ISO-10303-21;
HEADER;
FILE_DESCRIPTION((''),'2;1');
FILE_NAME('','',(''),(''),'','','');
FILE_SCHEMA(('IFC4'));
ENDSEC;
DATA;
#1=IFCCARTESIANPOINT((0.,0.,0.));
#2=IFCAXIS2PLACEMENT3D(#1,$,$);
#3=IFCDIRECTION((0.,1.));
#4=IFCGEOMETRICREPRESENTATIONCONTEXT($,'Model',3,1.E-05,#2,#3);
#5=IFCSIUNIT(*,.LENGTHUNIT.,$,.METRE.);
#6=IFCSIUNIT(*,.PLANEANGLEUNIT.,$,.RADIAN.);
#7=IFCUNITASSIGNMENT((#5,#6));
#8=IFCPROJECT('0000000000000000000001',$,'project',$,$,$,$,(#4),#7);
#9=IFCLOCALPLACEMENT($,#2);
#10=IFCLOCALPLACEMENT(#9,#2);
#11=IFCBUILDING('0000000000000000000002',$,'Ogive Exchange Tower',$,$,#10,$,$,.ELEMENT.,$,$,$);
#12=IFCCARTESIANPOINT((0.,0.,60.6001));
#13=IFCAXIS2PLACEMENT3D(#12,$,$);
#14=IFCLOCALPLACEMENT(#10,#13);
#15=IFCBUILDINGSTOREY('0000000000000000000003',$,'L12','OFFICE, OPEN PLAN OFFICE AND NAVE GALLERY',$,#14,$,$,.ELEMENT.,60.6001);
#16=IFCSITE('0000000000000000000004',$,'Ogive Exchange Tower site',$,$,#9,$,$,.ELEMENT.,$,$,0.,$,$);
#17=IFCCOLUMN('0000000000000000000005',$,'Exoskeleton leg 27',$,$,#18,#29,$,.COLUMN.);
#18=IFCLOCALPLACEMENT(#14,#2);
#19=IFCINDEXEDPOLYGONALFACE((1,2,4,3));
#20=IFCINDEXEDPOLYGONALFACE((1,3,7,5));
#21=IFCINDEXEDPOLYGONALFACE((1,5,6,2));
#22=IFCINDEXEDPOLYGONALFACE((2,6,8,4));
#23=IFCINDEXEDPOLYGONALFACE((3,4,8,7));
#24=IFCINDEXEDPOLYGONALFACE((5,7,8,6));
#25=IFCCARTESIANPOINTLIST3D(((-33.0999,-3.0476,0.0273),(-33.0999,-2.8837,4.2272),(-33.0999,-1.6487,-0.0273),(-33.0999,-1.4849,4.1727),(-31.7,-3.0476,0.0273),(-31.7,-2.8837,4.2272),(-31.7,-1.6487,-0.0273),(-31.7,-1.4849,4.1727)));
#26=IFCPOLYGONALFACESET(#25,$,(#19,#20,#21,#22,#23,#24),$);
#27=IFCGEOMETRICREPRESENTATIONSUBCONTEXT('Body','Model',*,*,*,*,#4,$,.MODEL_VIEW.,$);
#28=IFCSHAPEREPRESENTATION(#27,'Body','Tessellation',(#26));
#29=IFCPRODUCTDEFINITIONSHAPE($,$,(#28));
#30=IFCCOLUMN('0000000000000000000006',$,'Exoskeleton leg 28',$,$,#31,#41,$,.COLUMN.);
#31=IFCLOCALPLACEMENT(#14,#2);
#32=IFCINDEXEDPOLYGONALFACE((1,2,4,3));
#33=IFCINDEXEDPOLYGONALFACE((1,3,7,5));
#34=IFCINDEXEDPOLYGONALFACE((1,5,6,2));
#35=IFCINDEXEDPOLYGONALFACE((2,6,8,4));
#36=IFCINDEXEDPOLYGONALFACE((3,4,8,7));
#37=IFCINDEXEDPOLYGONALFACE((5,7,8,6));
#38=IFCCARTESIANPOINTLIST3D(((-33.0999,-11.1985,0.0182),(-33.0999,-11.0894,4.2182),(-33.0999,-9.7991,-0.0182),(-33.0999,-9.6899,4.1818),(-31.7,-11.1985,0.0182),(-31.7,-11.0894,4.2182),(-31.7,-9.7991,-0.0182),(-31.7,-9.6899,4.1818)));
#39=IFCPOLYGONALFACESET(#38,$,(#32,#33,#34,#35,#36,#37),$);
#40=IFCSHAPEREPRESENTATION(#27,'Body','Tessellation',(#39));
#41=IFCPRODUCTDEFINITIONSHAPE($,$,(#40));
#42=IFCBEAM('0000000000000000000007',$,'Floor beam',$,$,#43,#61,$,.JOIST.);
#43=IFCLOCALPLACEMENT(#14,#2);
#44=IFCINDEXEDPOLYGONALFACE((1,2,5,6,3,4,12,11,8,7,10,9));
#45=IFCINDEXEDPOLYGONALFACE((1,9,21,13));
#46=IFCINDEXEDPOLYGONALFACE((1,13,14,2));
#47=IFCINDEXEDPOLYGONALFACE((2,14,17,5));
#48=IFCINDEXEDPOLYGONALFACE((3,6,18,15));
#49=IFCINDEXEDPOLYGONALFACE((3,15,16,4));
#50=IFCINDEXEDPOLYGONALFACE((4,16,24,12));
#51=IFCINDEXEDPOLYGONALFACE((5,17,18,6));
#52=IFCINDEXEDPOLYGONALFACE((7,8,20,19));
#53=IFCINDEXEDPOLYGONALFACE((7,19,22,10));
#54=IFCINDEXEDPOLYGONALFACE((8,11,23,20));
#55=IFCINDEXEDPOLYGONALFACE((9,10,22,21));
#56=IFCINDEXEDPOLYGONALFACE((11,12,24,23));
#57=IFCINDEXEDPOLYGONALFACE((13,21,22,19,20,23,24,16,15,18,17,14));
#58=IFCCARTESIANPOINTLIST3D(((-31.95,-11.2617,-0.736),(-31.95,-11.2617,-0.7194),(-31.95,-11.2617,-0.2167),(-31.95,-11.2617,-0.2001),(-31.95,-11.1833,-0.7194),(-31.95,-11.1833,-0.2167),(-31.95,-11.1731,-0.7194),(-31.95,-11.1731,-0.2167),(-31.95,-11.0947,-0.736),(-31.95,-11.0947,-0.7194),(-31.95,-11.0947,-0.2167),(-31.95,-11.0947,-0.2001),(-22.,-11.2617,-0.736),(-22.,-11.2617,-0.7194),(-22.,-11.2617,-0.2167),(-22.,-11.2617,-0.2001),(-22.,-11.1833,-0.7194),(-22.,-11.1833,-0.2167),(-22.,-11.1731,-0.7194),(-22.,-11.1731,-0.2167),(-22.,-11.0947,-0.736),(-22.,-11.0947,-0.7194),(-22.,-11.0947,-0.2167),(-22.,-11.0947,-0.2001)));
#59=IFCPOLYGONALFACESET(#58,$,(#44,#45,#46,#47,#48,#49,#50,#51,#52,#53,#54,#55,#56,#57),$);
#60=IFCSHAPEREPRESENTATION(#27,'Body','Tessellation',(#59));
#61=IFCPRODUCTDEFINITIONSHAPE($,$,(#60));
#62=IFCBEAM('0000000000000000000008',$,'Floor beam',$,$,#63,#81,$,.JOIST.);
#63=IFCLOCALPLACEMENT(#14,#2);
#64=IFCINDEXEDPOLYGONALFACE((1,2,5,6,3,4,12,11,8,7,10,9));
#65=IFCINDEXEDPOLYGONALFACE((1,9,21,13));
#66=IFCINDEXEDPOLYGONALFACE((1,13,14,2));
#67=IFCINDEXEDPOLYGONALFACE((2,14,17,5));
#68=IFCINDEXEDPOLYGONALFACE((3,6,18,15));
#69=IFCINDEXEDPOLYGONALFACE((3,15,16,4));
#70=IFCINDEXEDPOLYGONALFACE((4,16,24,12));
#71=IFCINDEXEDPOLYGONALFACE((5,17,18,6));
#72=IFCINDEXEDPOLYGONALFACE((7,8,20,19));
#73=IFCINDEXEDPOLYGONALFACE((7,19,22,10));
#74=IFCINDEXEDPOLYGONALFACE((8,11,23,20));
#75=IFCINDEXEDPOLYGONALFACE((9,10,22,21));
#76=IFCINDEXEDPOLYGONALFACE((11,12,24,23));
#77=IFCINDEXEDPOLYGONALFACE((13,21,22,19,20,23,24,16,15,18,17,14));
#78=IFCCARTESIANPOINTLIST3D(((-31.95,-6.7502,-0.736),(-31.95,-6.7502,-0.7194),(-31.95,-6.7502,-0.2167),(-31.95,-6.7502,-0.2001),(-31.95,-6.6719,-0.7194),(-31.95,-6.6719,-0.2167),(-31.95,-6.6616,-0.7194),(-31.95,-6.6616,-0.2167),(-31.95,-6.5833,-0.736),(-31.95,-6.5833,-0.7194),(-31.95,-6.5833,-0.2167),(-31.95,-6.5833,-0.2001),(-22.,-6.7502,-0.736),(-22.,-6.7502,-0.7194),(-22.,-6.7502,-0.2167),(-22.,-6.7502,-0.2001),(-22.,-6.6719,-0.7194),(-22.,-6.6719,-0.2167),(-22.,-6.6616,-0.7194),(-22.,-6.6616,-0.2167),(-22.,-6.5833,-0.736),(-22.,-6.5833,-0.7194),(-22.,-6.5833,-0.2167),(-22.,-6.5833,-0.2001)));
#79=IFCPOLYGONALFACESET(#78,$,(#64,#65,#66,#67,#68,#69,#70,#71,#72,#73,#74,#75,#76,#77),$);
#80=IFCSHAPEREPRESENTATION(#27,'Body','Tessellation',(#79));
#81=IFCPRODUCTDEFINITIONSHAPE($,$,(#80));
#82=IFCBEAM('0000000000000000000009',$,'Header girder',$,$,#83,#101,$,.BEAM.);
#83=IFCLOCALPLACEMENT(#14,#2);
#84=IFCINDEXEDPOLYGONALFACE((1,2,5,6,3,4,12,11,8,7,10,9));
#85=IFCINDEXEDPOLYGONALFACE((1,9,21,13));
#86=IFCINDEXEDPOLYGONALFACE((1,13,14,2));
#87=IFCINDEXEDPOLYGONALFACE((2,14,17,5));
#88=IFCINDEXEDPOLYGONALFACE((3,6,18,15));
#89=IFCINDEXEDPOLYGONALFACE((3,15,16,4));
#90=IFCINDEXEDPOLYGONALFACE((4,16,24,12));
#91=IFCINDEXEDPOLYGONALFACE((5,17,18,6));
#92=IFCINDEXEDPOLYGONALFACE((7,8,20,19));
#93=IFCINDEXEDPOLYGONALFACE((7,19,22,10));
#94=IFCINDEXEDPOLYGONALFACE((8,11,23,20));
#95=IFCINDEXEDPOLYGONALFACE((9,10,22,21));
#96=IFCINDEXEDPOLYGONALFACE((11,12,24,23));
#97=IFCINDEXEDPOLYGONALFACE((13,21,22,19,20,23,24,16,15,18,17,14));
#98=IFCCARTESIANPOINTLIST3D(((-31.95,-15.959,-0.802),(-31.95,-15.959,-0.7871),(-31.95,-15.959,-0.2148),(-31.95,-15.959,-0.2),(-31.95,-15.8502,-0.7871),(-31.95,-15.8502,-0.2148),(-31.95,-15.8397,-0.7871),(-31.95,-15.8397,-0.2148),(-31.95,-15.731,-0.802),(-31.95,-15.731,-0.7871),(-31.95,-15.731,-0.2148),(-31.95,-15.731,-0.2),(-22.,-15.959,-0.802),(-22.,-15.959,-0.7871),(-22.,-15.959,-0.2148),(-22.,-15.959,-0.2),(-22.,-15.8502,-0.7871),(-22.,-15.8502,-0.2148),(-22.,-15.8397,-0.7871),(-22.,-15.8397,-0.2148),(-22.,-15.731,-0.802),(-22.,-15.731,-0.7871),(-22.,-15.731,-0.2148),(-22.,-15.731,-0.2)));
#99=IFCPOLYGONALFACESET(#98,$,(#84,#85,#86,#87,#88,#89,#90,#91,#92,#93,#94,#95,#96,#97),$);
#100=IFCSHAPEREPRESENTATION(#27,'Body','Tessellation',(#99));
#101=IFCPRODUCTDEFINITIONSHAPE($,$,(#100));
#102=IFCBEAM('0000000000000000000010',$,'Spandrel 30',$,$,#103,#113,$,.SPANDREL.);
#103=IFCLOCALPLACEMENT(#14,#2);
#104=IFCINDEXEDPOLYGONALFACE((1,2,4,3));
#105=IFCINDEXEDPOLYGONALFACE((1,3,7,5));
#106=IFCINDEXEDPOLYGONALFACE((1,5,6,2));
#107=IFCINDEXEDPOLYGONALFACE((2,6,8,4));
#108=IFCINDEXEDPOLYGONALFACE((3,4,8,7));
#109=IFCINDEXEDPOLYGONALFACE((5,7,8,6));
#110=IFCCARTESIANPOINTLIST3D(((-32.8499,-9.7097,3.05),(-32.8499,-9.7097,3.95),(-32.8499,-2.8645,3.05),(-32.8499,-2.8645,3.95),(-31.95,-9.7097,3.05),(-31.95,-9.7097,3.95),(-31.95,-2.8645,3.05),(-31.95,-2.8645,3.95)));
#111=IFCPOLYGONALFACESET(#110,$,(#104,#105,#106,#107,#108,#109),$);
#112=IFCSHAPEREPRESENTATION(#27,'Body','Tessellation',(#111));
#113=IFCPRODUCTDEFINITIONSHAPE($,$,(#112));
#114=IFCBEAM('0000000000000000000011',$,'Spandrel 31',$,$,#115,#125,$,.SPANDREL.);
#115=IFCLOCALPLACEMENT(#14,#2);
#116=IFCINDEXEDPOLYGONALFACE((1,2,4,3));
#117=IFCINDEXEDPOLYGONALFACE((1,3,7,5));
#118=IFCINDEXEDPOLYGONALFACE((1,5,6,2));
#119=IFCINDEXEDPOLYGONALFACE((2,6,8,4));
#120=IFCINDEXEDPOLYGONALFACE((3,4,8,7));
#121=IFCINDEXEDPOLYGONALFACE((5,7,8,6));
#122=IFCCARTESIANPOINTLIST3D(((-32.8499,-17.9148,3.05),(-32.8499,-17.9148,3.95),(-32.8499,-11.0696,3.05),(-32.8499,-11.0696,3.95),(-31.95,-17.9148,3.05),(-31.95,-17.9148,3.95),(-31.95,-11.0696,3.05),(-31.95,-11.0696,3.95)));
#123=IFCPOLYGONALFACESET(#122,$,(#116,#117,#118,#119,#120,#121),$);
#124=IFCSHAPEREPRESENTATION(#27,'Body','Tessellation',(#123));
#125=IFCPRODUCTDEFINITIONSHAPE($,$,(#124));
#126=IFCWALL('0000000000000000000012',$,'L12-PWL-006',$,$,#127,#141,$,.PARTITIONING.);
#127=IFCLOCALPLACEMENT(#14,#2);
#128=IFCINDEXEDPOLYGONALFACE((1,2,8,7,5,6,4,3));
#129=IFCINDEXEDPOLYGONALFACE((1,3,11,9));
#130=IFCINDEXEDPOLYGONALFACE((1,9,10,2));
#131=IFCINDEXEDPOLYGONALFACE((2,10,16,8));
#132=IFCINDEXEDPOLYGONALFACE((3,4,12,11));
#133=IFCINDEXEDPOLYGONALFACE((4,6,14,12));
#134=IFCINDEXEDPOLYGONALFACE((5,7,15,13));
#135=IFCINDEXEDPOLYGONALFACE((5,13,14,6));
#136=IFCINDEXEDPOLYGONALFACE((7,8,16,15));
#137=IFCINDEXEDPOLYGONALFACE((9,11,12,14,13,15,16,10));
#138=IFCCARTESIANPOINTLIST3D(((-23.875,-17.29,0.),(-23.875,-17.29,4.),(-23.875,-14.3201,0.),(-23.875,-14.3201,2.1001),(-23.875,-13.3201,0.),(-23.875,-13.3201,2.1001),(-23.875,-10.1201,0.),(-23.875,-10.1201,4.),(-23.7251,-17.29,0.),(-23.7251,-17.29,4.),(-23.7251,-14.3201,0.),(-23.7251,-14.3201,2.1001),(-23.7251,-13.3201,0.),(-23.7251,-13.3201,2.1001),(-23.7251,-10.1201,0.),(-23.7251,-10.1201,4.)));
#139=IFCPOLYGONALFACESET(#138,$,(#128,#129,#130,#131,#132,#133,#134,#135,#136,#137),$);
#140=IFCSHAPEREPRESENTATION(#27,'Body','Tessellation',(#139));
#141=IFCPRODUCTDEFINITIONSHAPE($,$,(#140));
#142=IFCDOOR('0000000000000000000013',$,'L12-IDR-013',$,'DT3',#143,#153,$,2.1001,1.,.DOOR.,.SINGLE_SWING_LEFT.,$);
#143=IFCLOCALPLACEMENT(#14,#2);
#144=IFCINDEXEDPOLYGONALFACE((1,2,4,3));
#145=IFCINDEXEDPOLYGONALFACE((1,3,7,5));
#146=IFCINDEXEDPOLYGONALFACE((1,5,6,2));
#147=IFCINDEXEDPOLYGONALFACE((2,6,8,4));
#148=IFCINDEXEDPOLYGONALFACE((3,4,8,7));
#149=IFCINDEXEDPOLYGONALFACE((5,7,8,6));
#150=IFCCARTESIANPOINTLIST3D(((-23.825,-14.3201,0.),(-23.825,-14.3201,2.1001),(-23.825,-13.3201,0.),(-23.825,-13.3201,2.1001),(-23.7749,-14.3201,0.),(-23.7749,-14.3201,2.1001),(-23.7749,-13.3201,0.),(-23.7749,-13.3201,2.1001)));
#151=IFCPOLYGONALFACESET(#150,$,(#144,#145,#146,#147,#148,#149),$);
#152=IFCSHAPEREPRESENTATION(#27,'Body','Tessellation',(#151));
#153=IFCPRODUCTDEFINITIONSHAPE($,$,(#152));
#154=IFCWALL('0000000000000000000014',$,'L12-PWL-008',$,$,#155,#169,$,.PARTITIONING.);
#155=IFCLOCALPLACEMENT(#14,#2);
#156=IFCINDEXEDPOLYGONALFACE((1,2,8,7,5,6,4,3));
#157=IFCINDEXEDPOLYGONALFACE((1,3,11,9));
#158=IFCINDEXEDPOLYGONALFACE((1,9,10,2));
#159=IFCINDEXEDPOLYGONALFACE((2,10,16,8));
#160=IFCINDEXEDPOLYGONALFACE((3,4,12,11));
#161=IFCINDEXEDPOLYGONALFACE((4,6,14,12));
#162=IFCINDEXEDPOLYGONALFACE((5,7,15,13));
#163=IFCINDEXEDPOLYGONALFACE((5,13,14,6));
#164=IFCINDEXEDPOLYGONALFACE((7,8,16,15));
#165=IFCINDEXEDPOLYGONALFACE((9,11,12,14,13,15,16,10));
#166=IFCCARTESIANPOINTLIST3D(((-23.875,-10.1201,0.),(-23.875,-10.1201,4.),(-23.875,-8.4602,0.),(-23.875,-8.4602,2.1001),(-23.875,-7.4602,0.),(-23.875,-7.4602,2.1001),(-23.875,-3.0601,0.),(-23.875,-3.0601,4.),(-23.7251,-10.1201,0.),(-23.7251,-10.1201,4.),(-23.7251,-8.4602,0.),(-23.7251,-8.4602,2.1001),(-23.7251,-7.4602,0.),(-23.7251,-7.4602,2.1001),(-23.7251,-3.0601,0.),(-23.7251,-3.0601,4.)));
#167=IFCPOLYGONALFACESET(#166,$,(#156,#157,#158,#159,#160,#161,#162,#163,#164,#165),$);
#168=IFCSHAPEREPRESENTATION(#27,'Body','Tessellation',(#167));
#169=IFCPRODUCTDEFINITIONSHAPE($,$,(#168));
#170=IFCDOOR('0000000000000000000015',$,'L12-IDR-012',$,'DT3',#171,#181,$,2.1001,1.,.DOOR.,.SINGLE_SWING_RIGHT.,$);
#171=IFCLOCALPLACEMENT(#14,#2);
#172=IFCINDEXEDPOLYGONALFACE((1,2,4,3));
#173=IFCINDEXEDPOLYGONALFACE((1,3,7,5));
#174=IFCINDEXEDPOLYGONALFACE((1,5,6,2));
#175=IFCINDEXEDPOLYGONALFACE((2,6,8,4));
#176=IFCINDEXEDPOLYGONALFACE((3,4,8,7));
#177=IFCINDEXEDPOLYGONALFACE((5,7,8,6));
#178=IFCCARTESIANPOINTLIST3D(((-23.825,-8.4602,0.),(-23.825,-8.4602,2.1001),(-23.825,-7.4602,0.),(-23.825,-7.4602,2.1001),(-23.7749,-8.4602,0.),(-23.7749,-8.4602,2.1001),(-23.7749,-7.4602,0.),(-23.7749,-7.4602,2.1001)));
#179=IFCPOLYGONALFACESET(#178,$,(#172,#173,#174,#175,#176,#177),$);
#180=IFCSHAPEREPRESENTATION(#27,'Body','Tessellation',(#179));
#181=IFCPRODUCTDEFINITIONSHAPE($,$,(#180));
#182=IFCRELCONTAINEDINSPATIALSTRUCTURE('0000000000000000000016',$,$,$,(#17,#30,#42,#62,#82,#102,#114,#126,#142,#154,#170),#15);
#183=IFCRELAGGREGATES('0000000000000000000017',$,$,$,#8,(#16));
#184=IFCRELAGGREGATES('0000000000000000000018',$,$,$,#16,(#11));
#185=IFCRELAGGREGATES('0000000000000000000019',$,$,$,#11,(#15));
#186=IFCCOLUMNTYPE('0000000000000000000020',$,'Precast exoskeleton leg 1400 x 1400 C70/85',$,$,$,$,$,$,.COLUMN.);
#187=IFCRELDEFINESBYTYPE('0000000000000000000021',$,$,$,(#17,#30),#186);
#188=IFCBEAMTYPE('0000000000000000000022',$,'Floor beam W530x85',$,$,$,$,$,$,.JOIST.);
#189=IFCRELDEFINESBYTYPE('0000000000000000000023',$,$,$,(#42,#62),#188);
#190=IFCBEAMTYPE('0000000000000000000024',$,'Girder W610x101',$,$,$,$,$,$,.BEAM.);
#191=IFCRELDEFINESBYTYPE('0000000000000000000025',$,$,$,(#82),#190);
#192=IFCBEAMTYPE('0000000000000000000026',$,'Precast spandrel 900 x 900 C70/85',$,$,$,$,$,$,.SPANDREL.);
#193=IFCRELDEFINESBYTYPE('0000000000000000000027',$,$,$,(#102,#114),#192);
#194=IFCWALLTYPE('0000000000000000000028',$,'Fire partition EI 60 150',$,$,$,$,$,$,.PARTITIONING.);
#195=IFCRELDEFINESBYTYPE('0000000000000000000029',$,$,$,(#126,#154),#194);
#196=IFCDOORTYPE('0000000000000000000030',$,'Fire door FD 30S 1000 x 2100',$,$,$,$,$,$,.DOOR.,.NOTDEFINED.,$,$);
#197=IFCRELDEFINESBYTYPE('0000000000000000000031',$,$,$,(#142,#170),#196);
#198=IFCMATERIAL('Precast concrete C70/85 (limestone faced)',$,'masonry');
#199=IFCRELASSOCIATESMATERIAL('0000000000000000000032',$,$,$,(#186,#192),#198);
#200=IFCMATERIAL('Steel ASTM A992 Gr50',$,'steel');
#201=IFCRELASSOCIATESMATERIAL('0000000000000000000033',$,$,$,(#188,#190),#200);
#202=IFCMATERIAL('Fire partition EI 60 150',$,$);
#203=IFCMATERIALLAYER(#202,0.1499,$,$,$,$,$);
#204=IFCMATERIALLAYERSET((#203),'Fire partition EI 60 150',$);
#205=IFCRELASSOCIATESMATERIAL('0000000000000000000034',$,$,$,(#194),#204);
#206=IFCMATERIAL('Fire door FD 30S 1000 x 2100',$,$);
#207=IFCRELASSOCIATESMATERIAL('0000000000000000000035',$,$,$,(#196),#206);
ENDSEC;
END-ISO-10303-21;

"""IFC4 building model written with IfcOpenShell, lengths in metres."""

from ifc_helpers import new_model, si_unit, direction, frame, frame_2d, origin, origin_2d, place, context, subcontext, project, spatial, rectangle, i_section, extrude, material, layer, layer_set, material_profile, profile_set, type_object, element, fill, save


model = new_model("IFC4")

# Units and contexts
model_context = context("Model", 3, precision=1e-05, world=origin(), true_north=direction((0.0, 1.0)))
body_context = subcontext(model_context, "Body", "Model", "MODEL_VIEW")
ifc_project = project(units=[si_unit("LENGTHUNIT", "METRE"), si_unit("PLANEANGLEUNIT", "RADIAN")], contexts=[model_context])

# Site, building, storey
site_placement = place(None, origin())
site = spatial("IfcSite", under=ifc_project, at=site_placement, Name="Ogive Exchange Tower site", CompositionType="ELEMENT", RefElevation=0.0)
building_placement = place(site_placement, origin())
building = spatial("IfcBuilding", under=site, at=building_placement, Name="Ogive Exchange Tower", CompositionType="ELEMENT")
storey_placement = place(building_placement, frame((0.0, 0.0, 60.6001)))
storey = spatial("IfcBuildingStorey", under=building, at=storey_placement, Name="L12", Description="OFFICE, OPEN PLAN OFFICE AND NAVE GALLERY", CompositionType="ELEMENT", Elevation=60.6001)

# Columns
ifc_material_1 = material(Name="Precast concrete C70/85 (limestone faced)", Category="masonry")
ifc_material_profile_1 = material_profile(ifc_material_1, rectangle(XDim=1.3999, YDim=1.3999, at=origin_2d()), Name="1400 x 1400")
ifc_profile_set_1 = profile_set([ifc_material_profile_1], Name="Precast concrete C70/85 (limestone faced)")
column_type = type_object("IfcColumnType", Name="Precast exoskeleton leg 1400 x 1400 C70/85", PredefinedType="COLUMN", material=ifc_profile_set_1)
column_1_placement = place(storey_placement, frame((-32.3999, -2.3481, 0.0), z_axis=(0.0, 0.038975, 0.99924), x_axis=(-1.0, 0.0, 0.0)))
element("IfcColumn", 1, at=column_1_placement, inside=storey, type_object=column_type, Name="Exoskeleton leg 27", PredefinedType="COLUMN", context=body_context, shape_type="SweptSolid", body=[
    extrude(rectangle(XDim=1.3999, YDim=1.3999, at=origin_2d()), origin(), (0.0, 0.0, 1.0), 4.2031),
])
column_2_placement = place(storey_placement, frame((-32.3999, -10.4988, 0.0), z_axis=(0.0, 0.025975, 0.999663), x_axis=(-1.0, 0.0, 0.0)))
element("IfcColumn", 2, at=column_2_placement, inside=storey, type_object=column_type, Name="Exoskeleton leg 28", PredefinedType="COLUMN", context=body_context, shape_type="SweptSolid", body=[
    extrude(rectangle(XDim=1.3999, YDim=1.3999, at=origin_2d()), origin(), (0.0, 0.0, 1.0), 4.2014),
])

# Beams
ifc_material_2 = material(Name="Steel ASTM A992 Gr50", Category="steel")
ifc_material_profile_2 = material_profile(ifc_material_2, i_section(OverallWidth=0.167, OverallDepth=0.5359, WebThickness=0.0103, FlangeThickness=0.0166, at=origin_2d()), Name="W530x85")
ifc_profile_set_2 = profile_set([ifc_material_profile_2], Name="Steel ASTM A992 Gr50")
beam_type_1 = type_object("IfcBeamType", Name="Floor beam W530x85", PredefinedType="JOIST", material=ifc_profile_set_2)
for number, where, z_axis, x_axis, name in (
    (3, (-31.95, -11.1782, -0.468), (1.0, 0.0, 0.0), (0.0, 1.0, 0.0), "Floor beam"),
    (4, (-31.95, -6.6667, -0.468), (1.0, 0.0, 0.0), (0.0, 1.0, 0.0), "Floor beam"),
):
    element("IfcBeam", number, at=place(storey_placement, frame(where, z_axis=z_axis, x_axis=x_axis)), inside=storey, type_object=beam_type_1, Name=name, PredefinedType="JOIST", context=body_context, shape_type="SweptSolid", body=[
        extrude(i_section(OverallWidth=0.167, OverallDepth=0.5359, WebThickness=0.0103, FlangeThickness=0.0166, at=origin_2d()), origin(), (0.0, 0.0, 1.0), 9.95),
    ])
ifc_material_profile_3 = material_profile(ifc_material_2, i_section(OverallWidth=0.228, OverallDepth=0.6021, WebThickness=0.0105, FlangeThickness=0.0149, at=origin_2d()), Name="W610x101")
ifc_profile_set_3 = profile_set([ifc_material_profile_3], Name="Steel ASTM A992 Gr50")
beam_type_2 = type_object("IfcBeamType", Name="Girder W610x101", PredefinedType="BEAM", material=ifc_profile_set_3)
beam_placement = place(storey_placement, frame((-31.95, -15.845, -0.501), z_axis=(1.0, 0.0, 0.0), x_axis=(0.0, 1.0, 0.0)))
element("IfcBeam", 5, at=beam_placement, inside=storey, type_object=beam_type_2, Name="Header girder", PredefinedType="BEAM", context=body_context, shape_type="SweptSolid", body=[
    extrude(i_section(OverallWidth=0.228, OverallDepth=0.6021, WebThickness=0.0105, FlangeThickness=0.0149, at=origin_2d()), origin(), (0.0, 0.0, 1.0), 9.95),
])
ifc_material_profile_4 = material_profile(ifc_material_1, rectangle(XDim=0.8999, YDim=0.8999, at=origin_2d()), Name="900 x 900")
ifc_profile_set_4 = profile_set([ifc_material_profile_4], Name="Precast concrete C70/85 (limestone faced)")
beam_type_3 = type_object("IfcBeamType", Name="Precast spandrel 900 x 900 C70/85", PredefinedType="SPANDREL", material=ifc_profile_set_4)
for number, where, z_axis, x_axis, name in (
    (6, (-32.3999, -2.8645, 3.5), (0.0, -1.0, 0.0), (1.0, 0.0, 0.0), "Spandrel 30"),
    (7, (-32.3999, -11.0696, 3.5), (0.0, -1.0, 0.0), (1.0, 0.0, 0.0), "Spandrel 31"),
):
    element("IfcBeam", number, at=place(storey_placement, frame(where, z_axis=z_axis, x_axis=x_axis)), inside=storey, type_object=beam_type_3, Name=name, PredefinedType="SPANDREL", context=body_context, shape_type="SweptSolid", body=[
        extrude(rectangle(XDim=0.8999, YDim=0.8999, at=origin_2d()), origin(), (0.0, 0.0, 1.0), 6.8452),
    ])

# Walls, openings, doors
ifc_material_3 = material(Name="Fire partition EI 60 150")
ifc_layer_1 = layer(ifc_material_3, 0.1499)
ifc_layer_set_1 = layer_set([ifc_layer_1], Name="Fire partition EI 60 150")
wall_type_1 = type_object("IfcWallType", Name="Fire partition EI 60 150", PredefinedType="PARTITIONING", material=ifc_layer_set_1)
wall_1_placement = place(storey_placement, frame((-23.8, -17.29, 0.0), z_axis=(0.0, 0.0, 1.0), x_axis=(0.0, 1.0, 0.0)))
wall_1 = element("IfcWall", 8, at=wall_1_placement, inside=storey, type_object=wall_type_1, Name="L12-PWL-006", PredefinedType="PARTITIONING", context=body_context, shape_type="SweptSolid", body=[
    extrude(rectangle(XDim=7.1699, YDim=0.1499, at=frame_2d((3.585, 0.0))), origin(), (0.0, 0.0, 1.0), 4.0),
])
opening_1_placement = place(wall_1_placement, frame((2.97, 0.0, 0.0)))
opening_1 = element("IfcOpeningElement", 9, at=opening_1_placement, cuts=wall_1, PredefinedType="OPENING", context=body_context, shape_type="SweptSolid", body=[
    extrude(rectangle(XDim=1.0, YDim=2.1001, at=frame_2d((0.5, 1.05))), frame((0.0, 0.085, 0.0), z_axis=(0.0, -1.0, 0.0), x_axis=(1.0, 0.0, 0.0)), (0.0, 0.0, 1.0), 0.1699),
])
ifc_material_4 = material(Name="Fire door FD 30S 1000 x 2100")
door_type_1 = type_object("IfcDoorType", Name="Fire door FD 30S 1000 x 2100", OperationType="NOTDEFINED", PredefinedType="DOOR", material=ifc_material_4)
door_1_placement = place(opening_1_placement, origin())
door_1 = element("IfcDoor", 10, at=door_1_placement, inside=storey, type_object=door_type_1, Name="L12-IDR-013", ObjectType="DT3", OperationType="SINGLE_SWING_LEFT", OverallHeight=2.1001, OverallWidth=1.0, PredefinedType="DOOR", context=body_context, shape_type="SweptSolid", body=[
    extrude(rectangle(XDim=1.0, YDim=2.1001, at=frame_2d((0.5, 1.05))), frame((0.0, 0.0249, 0.0), z_axis=(0.0, -1.0, 0.0), x_axis=(1.0, 0.0, 0.0)), (0.0, 0.0, 1.0), 0.05),
])
fill(opening_1, door_1)
wall_2_placement = place(storey_placement, frame((-23.8, -10.1201, 0.0), z_axis=(0.0, 0.0, 1.0), x_axis=(0.0, 1.0, 0.0)))
wall_2 = element("IfcWall", 11, at=wall_2_placement, inside=storey, type_object=wall_type_1, Name="L12-PWL-008", PredefinedType="PARTITIONING", context=body_context, shape_type="SweptSolid", body=[
    extrude(rectangle(XDim=7.0601, YDim=0.1499, at=frame_2d((3.53, 0.0))), origin(), (0.0, 0.0, 1.0), 4.0),
])
opening_2_placement = place(wall_2_placement, frame((1.6599, 0.0, 0.0)))
opening_2 = element("IfcOpeningElement", 12, at=opening_2_placement, cuts=wall_2, PredefinedType="OPENING", context=body_context, shape_type="SweptSolid", body=[
    extrude(rectangle(XDim=1.0, YDim=2.1001, at=frame_2d((0.5, 1.05))), frame((0.0, 0.085, 0.0), z_axis=(0.0, -1.0, 0.0), x_axis=(1.0, 0.0, 0.0)), (0.0, 0.0, 1.0), 0.1699),
])
door_2_placement = place(opening_2_placement, origin())
door_2 = element("IfcDoor", 13, at=door_2_placement, inside=storey, type_object=door_type_1, Name="L12-IDR-012", ObjectType="DT3", OperationType="SINGLE_SWING_RIGHT", OverallHeight=2.1001, OverallWidth=1.0, PredefinedType="DOOR", context=body_context, shape_type="SweptSolid", body=[
    extrude(rectangle(XDim=1.0, YDim=2.1001, at=frame_2d((0.5, 1.05))), frame((0.0, 0.0249, 0.0), z_axis=(0.0, -1.0, 0.0), x_axis=(1.0, 0.0, 0.0)), (0.0, 0.0, 1.0), 0.05),
])
fill(opening_2, door_2)

save(model, "model.ifc")
